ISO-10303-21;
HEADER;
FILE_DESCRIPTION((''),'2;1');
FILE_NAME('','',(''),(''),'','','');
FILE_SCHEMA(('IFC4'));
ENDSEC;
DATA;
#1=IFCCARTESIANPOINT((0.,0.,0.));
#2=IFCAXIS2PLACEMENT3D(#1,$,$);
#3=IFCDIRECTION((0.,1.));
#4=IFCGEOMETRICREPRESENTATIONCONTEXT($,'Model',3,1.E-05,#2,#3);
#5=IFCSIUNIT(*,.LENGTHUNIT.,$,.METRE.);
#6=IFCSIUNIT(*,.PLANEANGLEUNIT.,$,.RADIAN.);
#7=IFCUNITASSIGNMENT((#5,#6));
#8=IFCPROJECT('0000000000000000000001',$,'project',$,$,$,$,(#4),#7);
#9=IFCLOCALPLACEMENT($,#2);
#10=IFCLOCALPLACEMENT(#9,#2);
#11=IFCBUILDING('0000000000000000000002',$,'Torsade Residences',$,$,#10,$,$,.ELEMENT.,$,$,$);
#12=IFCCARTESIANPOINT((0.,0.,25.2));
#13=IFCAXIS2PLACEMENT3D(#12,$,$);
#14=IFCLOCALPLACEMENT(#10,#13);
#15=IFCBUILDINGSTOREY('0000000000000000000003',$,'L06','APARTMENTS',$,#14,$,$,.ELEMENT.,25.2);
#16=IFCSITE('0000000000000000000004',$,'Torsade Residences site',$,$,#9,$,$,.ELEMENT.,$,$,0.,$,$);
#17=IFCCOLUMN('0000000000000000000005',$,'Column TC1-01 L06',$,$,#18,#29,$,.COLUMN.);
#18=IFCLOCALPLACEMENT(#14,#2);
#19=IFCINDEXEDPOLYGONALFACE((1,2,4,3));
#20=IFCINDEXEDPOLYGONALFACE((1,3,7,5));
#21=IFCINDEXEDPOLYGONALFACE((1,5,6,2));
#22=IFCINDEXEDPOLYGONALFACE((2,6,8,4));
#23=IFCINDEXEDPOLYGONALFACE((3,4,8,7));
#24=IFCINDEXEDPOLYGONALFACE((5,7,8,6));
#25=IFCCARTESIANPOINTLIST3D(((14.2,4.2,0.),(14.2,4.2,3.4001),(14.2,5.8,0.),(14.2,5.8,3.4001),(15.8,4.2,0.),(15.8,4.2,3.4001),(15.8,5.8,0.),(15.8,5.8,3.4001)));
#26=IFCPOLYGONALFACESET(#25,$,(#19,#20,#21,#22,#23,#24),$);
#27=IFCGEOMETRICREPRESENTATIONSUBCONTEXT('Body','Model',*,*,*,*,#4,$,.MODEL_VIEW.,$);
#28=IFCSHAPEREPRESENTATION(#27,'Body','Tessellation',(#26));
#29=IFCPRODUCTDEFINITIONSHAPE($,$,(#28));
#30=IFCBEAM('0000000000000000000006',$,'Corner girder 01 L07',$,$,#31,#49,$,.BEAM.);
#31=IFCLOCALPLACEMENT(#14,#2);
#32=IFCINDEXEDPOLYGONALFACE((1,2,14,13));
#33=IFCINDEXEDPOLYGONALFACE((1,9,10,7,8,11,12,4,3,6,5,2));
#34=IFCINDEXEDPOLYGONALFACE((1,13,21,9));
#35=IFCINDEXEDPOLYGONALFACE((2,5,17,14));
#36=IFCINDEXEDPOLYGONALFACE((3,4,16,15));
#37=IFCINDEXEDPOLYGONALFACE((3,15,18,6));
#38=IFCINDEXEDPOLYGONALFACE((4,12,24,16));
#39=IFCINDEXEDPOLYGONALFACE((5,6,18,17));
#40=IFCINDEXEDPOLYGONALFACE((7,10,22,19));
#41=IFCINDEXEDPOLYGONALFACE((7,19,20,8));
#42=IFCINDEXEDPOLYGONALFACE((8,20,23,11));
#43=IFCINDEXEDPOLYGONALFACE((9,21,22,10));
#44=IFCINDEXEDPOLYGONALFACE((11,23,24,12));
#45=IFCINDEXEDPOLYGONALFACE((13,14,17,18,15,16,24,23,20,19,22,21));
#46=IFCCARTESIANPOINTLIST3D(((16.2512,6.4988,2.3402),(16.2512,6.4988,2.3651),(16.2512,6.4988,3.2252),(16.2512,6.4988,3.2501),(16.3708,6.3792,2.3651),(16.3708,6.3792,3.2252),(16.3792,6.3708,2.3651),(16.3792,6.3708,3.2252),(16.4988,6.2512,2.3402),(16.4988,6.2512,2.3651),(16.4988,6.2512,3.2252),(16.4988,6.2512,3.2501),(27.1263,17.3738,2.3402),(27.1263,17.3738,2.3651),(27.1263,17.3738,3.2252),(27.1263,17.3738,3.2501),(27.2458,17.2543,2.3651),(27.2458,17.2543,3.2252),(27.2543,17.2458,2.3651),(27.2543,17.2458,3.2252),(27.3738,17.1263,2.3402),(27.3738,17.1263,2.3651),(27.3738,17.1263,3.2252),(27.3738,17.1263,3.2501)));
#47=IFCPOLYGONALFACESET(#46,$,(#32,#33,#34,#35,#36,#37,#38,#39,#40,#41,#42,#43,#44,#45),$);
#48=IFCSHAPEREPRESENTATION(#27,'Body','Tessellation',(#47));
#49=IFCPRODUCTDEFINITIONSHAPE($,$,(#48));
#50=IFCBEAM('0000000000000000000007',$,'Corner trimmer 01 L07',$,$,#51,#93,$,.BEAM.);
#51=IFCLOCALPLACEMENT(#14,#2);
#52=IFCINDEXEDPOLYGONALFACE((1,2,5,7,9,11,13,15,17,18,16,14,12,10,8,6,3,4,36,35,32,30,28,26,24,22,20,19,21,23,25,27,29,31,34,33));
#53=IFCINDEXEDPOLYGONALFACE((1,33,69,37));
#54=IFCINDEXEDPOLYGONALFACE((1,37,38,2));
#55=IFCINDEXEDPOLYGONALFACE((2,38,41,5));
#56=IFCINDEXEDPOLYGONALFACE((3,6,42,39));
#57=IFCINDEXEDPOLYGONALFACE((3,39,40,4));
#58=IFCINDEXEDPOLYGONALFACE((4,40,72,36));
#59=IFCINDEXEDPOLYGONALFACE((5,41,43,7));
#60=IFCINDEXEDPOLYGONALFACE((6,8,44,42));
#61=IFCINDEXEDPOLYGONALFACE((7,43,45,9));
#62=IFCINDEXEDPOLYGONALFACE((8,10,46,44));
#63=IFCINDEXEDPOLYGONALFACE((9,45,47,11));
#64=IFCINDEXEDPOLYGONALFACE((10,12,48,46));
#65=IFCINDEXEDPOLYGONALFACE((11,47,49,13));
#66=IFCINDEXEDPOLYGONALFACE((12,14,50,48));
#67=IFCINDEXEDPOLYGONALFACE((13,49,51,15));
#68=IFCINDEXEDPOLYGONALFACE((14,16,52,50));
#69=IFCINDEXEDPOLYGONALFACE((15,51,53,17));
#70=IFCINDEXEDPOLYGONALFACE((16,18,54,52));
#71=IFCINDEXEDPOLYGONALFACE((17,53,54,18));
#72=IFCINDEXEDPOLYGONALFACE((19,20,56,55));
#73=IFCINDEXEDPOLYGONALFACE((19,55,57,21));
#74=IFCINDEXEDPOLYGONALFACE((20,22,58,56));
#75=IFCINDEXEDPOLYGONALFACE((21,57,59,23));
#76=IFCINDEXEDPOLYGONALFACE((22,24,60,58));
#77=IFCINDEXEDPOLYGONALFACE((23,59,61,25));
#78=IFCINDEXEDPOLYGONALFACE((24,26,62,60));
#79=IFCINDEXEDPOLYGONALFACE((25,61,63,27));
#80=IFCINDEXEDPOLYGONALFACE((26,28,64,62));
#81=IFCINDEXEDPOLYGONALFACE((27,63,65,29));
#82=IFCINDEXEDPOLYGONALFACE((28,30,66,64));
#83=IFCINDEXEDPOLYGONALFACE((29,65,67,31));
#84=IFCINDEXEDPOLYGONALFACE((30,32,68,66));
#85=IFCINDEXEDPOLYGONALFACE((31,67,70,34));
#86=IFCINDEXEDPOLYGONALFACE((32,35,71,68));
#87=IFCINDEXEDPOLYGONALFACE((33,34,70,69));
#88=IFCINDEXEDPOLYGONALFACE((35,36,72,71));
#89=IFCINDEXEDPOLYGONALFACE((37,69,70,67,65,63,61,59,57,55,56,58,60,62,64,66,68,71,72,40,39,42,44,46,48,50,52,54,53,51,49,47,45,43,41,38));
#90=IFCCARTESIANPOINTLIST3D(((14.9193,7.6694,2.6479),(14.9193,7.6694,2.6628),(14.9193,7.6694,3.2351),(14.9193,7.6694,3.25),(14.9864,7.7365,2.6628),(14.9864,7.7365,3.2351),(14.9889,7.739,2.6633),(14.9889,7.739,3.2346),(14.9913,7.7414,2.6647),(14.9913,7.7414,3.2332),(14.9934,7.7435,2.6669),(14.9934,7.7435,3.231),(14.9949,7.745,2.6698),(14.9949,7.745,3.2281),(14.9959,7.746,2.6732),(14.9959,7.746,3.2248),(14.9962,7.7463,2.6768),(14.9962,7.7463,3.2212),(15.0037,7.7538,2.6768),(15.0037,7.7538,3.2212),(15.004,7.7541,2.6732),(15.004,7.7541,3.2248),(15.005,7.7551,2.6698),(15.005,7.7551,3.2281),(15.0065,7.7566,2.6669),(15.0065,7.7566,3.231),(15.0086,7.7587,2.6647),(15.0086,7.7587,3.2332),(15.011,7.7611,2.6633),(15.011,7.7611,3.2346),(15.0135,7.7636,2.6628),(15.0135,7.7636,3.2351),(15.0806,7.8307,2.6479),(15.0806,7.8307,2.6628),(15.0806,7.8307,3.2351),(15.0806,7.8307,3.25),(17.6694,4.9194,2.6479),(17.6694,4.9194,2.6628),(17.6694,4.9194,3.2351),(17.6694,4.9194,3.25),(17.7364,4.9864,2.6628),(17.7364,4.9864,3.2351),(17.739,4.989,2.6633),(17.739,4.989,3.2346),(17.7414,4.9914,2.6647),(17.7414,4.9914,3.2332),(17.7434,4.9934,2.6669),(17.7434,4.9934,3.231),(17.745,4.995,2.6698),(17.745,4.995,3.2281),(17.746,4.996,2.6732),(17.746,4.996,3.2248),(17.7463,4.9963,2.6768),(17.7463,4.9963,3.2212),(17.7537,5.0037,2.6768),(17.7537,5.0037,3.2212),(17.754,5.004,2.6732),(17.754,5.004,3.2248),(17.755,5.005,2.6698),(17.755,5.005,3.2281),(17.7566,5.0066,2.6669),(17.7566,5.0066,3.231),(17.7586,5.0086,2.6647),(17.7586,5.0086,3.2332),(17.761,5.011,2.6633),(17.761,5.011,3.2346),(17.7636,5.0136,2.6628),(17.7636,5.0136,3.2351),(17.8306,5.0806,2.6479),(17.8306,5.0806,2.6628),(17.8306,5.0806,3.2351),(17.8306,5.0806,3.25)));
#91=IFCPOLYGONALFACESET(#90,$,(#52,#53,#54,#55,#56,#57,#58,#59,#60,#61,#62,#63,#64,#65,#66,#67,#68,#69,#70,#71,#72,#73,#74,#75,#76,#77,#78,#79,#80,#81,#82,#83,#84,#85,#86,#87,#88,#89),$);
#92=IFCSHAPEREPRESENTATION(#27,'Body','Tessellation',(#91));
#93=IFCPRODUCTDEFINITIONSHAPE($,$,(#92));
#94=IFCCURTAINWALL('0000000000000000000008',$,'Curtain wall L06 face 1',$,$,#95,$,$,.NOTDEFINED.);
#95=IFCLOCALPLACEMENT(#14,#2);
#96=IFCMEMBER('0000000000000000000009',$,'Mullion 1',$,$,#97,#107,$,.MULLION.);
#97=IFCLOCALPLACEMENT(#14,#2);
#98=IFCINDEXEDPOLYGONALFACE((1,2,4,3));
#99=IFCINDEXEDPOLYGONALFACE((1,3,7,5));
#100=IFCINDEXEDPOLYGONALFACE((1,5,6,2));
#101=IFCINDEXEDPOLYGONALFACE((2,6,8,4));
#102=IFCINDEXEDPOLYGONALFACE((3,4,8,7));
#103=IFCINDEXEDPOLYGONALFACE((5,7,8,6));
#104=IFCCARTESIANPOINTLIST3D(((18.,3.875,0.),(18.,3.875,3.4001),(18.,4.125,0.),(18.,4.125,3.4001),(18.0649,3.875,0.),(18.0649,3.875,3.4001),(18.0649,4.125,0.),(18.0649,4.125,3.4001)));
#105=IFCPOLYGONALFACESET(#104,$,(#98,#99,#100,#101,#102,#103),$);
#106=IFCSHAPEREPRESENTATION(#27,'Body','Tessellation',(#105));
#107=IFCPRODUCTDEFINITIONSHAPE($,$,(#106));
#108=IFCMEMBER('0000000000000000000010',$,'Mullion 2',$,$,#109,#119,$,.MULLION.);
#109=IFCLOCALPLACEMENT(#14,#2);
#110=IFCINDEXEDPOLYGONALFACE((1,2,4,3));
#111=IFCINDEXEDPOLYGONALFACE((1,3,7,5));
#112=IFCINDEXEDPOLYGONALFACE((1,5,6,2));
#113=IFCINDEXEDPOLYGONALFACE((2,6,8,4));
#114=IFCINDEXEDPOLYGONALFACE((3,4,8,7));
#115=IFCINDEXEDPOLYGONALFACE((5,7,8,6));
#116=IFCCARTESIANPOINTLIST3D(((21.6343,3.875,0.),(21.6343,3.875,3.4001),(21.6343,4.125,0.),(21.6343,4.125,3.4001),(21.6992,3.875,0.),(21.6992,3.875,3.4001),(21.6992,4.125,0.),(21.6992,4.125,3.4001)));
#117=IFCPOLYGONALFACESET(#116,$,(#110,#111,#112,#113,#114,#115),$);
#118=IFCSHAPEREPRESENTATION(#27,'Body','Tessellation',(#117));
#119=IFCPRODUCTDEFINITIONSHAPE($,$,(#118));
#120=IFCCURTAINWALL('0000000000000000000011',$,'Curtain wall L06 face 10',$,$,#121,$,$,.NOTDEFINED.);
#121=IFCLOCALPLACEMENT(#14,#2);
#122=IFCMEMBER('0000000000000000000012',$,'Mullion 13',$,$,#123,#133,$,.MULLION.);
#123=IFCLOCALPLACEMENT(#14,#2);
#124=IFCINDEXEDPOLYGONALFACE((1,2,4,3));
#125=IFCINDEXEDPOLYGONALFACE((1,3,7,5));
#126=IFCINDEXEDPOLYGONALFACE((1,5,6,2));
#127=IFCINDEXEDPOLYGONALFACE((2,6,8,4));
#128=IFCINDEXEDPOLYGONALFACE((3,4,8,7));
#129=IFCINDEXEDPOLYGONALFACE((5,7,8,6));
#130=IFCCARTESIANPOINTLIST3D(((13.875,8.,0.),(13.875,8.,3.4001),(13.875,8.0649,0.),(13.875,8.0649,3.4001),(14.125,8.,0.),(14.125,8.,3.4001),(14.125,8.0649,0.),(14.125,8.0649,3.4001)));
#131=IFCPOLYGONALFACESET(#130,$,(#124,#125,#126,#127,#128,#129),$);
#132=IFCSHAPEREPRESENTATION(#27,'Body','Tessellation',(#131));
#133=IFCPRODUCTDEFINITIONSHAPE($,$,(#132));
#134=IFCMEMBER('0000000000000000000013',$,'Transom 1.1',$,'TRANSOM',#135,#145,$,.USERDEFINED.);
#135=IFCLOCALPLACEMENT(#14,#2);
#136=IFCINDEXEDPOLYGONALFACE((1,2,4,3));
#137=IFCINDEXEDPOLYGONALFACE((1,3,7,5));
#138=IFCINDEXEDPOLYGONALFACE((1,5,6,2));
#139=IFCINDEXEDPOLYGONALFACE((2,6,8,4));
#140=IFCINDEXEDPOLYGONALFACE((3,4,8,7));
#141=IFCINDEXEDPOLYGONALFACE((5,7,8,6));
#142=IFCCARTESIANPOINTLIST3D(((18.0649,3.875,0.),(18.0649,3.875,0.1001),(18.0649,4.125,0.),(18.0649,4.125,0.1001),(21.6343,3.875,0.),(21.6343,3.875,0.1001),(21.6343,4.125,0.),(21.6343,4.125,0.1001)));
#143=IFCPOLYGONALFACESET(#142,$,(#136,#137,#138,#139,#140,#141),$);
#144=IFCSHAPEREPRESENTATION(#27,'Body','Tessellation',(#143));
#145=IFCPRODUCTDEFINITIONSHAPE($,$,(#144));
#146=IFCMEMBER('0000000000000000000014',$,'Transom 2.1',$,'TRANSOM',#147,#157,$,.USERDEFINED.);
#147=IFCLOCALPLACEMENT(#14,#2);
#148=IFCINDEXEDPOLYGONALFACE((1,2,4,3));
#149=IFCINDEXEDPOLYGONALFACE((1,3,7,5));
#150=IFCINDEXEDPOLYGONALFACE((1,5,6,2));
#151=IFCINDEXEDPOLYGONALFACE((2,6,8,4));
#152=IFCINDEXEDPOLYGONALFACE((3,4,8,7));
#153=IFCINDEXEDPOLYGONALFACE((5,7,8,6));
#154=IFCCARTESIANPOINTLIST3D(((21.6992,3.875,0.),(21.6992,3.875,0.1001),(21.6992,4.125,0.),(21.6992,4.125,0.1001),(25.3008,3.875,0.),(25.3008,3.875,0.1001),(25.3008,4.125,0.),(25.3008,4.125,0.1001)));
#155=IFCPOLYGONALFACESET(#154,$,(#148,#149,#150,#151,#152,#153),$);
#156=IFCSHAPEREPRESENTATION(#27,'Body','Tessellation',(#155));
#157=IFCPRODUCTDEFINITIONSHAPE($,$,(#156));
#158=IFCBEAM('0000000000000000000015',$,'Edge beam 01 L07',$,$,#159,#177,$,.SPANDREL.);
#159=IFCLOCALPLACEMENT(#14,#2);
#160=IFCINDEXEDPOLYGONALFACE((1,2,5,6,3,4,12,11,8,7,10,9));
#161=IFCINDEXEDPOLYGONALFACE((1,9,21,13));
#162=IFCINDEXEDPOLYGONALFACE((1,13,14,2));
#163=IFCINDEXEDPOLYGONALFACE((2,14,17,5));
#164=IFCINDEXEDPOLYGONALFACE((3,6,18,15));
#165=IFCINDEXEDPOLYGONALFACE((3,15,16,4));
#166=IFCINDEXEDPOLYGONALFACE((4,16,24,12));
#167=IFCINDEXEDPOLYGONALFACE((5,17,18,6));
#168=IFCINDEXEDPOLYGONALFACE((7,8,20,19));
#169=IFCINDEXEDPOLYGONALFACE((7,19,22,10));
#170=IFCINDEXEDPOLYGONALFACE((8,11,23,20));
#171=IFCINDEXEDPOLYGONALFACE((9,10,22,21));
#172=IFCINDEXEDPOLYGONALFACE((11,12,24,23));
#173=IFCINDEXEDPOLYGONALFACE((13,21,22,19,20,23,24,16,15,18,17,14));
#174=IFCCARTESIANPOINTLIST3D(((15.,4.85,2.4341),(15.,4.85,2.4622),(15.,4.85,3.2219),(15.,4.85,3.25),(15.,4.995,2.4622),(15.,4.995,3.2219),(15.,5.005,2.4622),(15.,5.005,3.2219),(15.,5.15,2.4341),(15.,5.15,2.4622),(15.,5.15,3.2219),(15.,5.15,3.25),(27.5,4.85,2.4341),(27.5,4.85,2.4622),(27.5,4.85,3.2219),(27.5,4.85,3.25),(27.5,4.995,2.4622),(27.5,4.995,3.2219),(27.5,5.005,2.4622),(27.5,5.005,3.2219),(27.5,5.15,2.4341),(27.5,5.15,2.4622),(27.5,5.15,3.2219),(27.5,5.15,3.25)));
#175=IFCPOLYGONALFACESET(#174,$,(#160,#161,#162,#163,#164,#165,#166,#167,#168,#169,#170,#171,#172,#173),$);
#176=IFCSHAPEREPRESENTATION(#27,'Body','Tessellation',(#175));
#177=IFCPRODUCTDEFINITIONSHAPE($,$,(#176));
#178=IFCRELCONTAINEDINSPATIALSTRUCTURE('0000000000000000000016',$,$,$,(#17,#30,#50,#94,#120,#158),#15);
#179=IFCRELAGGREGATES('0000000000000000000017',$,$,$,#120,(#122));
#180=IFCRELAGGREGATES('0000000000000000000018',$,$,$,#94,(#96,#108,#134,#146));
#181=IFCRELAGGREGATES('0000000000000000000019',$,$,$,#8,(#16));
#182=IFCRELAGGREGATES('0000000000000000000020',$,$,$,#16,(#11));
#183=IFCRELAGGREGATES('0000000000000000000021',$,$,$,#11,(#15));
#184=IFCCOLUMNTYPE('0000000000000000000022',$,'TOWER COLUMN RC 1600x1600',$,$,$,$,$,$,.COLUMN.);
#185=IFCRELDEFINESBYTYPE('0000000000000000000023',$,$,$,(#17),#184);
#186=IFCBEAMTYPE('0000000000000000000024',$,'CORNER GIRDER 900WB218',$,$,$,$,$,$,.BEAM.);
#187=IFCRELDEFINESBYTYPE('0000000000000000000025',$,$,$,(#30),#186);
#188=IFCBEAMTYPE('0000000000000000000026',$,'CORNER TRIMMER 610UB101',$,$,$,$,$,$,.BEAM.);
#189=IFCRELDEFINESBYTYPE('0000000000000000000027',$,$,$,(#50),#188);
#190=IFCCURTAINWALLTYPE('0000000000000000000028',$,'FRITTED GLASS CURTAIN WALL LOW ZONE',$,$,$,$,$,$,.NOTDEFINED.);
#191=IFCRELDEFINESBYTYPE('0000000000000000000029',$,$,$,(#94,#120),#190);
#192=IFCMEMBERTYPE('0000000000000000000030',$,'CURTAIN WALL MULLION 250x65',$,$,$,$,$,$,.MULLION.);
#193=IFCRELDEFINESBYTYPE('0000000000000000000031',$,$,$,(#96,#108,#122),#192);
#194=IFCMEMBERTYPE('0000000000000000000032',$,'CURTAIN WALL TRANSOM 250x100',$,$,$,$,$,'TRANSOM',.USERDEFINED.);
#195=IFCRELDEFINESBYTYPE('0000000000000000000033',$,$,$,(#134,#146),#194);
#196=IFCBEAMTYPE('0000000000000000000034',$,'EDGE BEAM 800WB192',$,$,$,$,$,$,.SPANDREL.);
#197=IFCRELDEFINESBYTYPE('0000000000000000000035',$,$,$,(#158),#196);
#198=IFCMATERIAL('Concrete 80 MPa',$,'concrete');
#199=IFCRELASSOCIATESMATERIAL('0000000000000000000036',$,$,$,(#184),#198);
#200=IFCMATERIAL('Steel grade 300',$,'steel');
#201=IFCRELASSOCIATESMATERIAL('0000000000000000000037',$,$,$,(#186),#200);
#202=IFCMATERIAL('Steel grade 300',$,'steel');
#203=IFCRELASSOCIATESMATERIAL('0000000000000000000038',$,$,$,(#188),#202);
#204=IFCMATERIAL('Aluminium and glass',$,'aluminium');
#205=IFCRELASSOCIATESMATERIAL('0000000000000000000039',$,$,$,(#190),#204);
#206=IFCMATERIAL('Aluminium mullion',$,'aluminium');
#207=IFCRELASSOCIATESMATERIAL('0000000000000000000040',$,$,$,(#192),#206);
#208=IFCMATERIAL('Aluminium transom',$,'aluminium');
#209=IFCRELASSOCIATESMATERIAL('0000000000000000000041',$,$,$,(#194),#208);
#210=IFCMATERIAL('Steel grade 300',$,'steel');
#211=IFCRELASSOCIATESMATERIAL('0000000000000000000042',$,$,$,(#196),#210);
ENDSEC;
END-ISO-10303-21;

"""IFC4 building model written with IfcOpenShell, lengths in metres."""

from ifc_helpers import new_model, si_unit, direction, frame, origin, origin_2d, place, context, subcontext, project, spatial, rectangle, i_section, extrude, material, material_profile, profile_set, type_object, element, aggregate, save


model = new_model("IFC4")

# Units and contexts
model_context = context("Model", 3, precision=1e-05, world=origin(), true_north=direction((0.0, 1.0)))
body_context = subcontext(model_context, "Body", "Model", "MODEL_VIEW")
ifc_project = project(units=[si_unit("LENGTHUNIT", "METRE"), si_unit("PLANEANGLEUNIT", "RADIAN")], contexts=[model_context])

# Site, building, storey
site_placement = place(None, origin())
site = spatial("IfcSite", under=ifc_project, at=site_placement, Name="Torsade Residences site", CompositionType="ELEMENT", RefElevation=0.0)
building_placement = place(site_placement, origin())
building = spatial("IfcBuilding", under=site, at=building_placement, Name="Torsade Residences", CompositionType="ELEMENT")
storey_placement = place(building_placement, frame((0.0, 0.0, 25.2)))
storey = spatial("IfcBuildingStorey", under=building, at=storey_placement, Name="L06", Description="APARTMENTS", CompositionType="ELEMENT", Elevation=25.2)

# Column
ifc_material_1 = material(Name="Concrete 80 MPa", Category="concrete")
ifc_material_profile_1 = material_profile(ifc_material_1, rectangle(XDim=1.6001, YDim=1.6001, at=origin_2d()), Name="RC 1600x1600")
ifc_profile_set_1 = profile_set([ifc_material_profile_1], Name="Concrete 80 MPa")
column_type = type_object("IfcColumnType", Name="TOWER COLUMN RC 1600x1600", PredefinedType="COLUMN", material=ifc_profile_set_1)
column_placement = place(storey_placement, frame((15.0, 5.0, 0.0), z_axis=(0.0, 0.0, 1.0), x_axis=(1.0, 0.0, 0.0)))
element("IfcColumn", 1, at=column_placement, inside=storey, type_object=column_type, Name="Column TC1-01 L06", PredefinedType="COLUMN", context=body_context, shape_type="SweptSolid", body=[
    extrude(rectangle(XDim=1.6001, YDim=1.6001, at=origin_2d()), origin(), (0.0, 0.0, 1.0), 3.4001),
])

# Beams
ifc_material_2 = material(Name="Steel grade 300", Category="steel")
ifc_material_profile_2 = material_profile(ifc_material_2, i_section(OverallWidth=0.3501, OverallDepth=0.9099, WebThickness=0.012, FlangeThickness=0.0249, at=origin_2d()), Name="900WB218")
ifc_profile_set_2 = profile_set([ifc_material_profile_2], Name="Steel grade 300")
beam_type_1 = type_object("IfcBeamType", Name="CORNER GIRDER 900WB218", PredefinedType="BEAM", material=ifc_profile_set_2)
beam_1_placement = place(storey_placement, frame((16.375, 6.375, 2.7952), z_axis=(0.707107, 0.707107, 0.0), x_axis=(-0.707107, 0.707107, 0.0)))
element("IfcBeam", 2, at=beam_1_placement, inside=storey, type_object=beam_type_1, Name="Corner girder 01 L07", PredefinedType="BEAM", context=body_context, shape_type="SweptSolid", body=[
    extrude(i_section(OverallWidth=0.3501, OverallDepth=0.9099, WebThickness=0.012, FlangeThickness=0.0249, at=origin_2d()), origin(), (0.0, 0.0, 1.0), 15.3796),
])
ifc_material_3 = material(Name="Steel grade 300", Category="steel")
ifc_material_profile_3 = material_profile(ifc_material_3, i_section(OverallWidth=0.228, OverallDepth=0.6021, WebThickness=0.0105, FlangeThickness=0.0149, FilletRadius=0.0139, at=origin_2d()), Name="610UB101")
ifc_profile_set_3 = profile_set([ifc_material_profile_3], Name="Steel grade 300")
beam_type_2 = type_object("IfcBeamType", Name="CORNER TRIMMER 610UB101", PredefinedType="BEAM", material=ifc_profile_set_3)
beam_2_placement = place(storey_placement, frame((17.75, 5.0, 2.949), z_axis=(-0.707107, 0.707107, 0.0), x_axis=(-0.707107, -0.707107, 0.0)))
element("IfcBeam", 3, at=beam_2_placement, inside=storey, type_object=beam_type_2, Name="Corner trimmer 01 L07", PredefinedType="BEAM", context=body_context, shape_type="SweptSolid", body=[
    extrude(i_section(OverallWidth=0.228, OverallDepth=0.6021, WebThickness=0.0105, FlangeThickness=0.0149, FilletRadius=0.0139, at=origin_2d()), origin(), (0.0, 0.0, 1.0), 3.8892),
])

# Curtain wall, members
ifc_material_4 = material(Name="Aluminium and glass", Category="aluminium")
curtain_wall_type = type_object("IfcCurtainWallType", Name="FRITTED GLASS CURTAIN WALL LOW ZONE", PredefinedType="NOTDEFINED", material=ifc_material_4)
curtain_wall_1_placement = place(storey_placement, origin())
curtain_wall_1 = element("IfcCurtainWall", 4, at=curtain_wall_1_placement, inside=storey, type_object=curtain_wall_type, Name="Curtain wall L06 face 1", PredefinedType="NOTDEFINED")
ifc_material_5 = material(Name="Aluminium mullion", Category="aluminium")
ifc_material_profile_4 = material_profile(ifc_material_5, rectangle(XDim=0.25, YDim=0.0649, at=origin_2d()), Name="CURTAIN WALL MULLION 250x65")
ifc_profile_set_4 = profile_set([ifc_material_profile_4], Name="Aluminium mullion")
member_type_1 = type_object("IfcMemberType", Name="CURTAIN WALL MULLION 250x65", PredefinedType="MULLION", material=ifc_profile_set_4)
member_1_placement = place(storey_placement, frame((18.0325, 4.0, 0.0), z_axis=(0.0, 0.0, 1.0), x_axis=(0.0, 1.0, 0.0)))
member_1 = element("IfcMember", 5, at=member_1_placement, type_object=member_type_1, Name="Mullion 1", PredefinedType="MULLION", context=body_context, shape_type="SweptSolid", body=[
    extrude(rectangle(XDim=0.25, YDim=0.0649, at=origin_2d()), origin(), (0.0, 0.0, 1.0), 3.4001),
])
member_2_placement = place(storey_placement, frame((21.6667, 4.0, 0.0), z_axis=(0.0, 0.0, 1.0), x_axis=(0.0, 1.0, 0.0)))
member_2 = element("IfcMember", 6, at=member_2_placement, type_object=member_type_1, Name="Mullion 2", PredefinedType="MULLION", context=body_context, shape_type="SweptSolid", body=[
    extrude(rectangle(XDim=0.25, YDim=0.0649, at=origin_2d()), origin(), (0.0, 0.0, 1.0), 3.4001),
])

# Curtain wall, member
curtain_wall_2_placement = place(storey_placement, origin())
curtain_wall_2 = element("IfcCurtainWall", 7, at=curtain_wall_2_placement, inside=storey, type_object=curtain_wall_type, Name="Curtain wall L06 face 10", PredefinedType="NOTDEFINED")
member_3_placement = place(storey_placement, frame((14.0, 8.0325, 0.0), z_axis=(0.0, 0.0, 1.0), x_axis=(1.0, 0.0, 0.0)))
member_3 = element("IfcMember", 8, at=member_3_placement, type_object=member_type_1, Name="Mullion 13", PredefinedType="MULLION", context=body_context, shape_type="SweptSolid", body=[
    extrude(rectangle(XDim=0.25, YDim=0.0649, at=origin_2d()), origin(), (0.0, 0.0, 1.0), 3.4001),
])

# Members
ifc_material_6 = material(Name="Aluminium transom", Category="aluminium")
ifc_material_profile_5 = material_profile(ifc_material_6, rectangle(XDim=0.25, YDim=0.1001, at=origin_2d()), Name="CURTAIN WALL TRANSOM 250x100")
ifc_profile_set_5 = profile_set([ifc_material_profile_5], Name="Aluminium transom")
member_type_2 = type_object("IfcMemberType", Name="CURTAIN WALL TRANSOM 250x100", ElementType="TRANSOM", PredefinedType="USERDEFINED", material=ifc_profile_set_5)
member_4_placement = place(storey_placement, frame((18.0649, 4.0, 0.05), z_axis=(1.0, 0.0, 0.0), x_axis=(0.0, 1.0, 0.0)))
member_4 = element("IfcMember", 9, at=member_4_placement, type_object=member_type_2, Name="Transom 1.1", ObjectType="TRANSOM", PredefinedType="USERDEFINED", context=body_context, shape_type="SweptSolid", body=[
    extrude(rectangle(XDim=0.25, YDim=0.1001, at=origin_2d()), origin(), (0.0, 0.0, 1.0), 3.5693),
])
member_5_placement = place(storey_placement, frame((21.6992, 4.0, 0.05), z_axis=(1.0, 0.0, 0.0), x_axis=(0.0, 1.0, 0.0)))
member_5 = element("IfcMember", 10, at=member_5_placement, type_object=member_type_2, Name="Transom 2.1", ObjectType="TRANSOM", PredefinedType="USERDEFINED", context=body_context, shape_type="SweptSolid", body=[
    extrude(rectangle(XDim=0.25, YDim=0.1001, at=origin_2d()), origin(), (0.0, 0.0, 1.0), 3.6016),
])

# Beam
ifc_material_7 = material(Name="Steel grade 300", Category="steel")
ifc_material_profile_6 = material_profile(ifc_material_7, i_section(OverallWidth=0.3, OverallDepth=0.8159, WebThickness=0.01, FlangeThickness=0.0281, at=origin_2d()), Name="800WB192")
ifc_profile_set_6 = profile_set([ifc_material_profile_6], Name="Steel grade 300")
beam_type_3 = type_object("IfcBeamType", Name="EDGE BEAM 800WB192", PredefinedType="SPANDREL", material=ifc_profile_set_6)
beam_3_placement = place(storey_placement, frame((15.0, 5.0, 2.842), z_axis=(1.0, 0.0, 0.0), x_axis=(0.0, 1.0, 0.0)))
element("IfcBeam", 11, at=beam_3_placement, inside=storey, type_object=beam_type_3, Name="Edge beam 01 L07", PredefinedType="SPANDREL", context=body_context, shape_type="SweptSolid", body=[
    extrude(i_section(OverallWidth=0.3, OverallDepth=0.8159, WebThickness=0.01, FlangeThickness=0.0281, at=origin_2d()), origin(), (0.0, 0.0, 1.0), 12.5),
])

aggregate(curtain_wall_2, [member_3])
aggregate(curtain_wall_1, [member_1, member_2, member_4, member_5])

save(model, "model.ifc")
